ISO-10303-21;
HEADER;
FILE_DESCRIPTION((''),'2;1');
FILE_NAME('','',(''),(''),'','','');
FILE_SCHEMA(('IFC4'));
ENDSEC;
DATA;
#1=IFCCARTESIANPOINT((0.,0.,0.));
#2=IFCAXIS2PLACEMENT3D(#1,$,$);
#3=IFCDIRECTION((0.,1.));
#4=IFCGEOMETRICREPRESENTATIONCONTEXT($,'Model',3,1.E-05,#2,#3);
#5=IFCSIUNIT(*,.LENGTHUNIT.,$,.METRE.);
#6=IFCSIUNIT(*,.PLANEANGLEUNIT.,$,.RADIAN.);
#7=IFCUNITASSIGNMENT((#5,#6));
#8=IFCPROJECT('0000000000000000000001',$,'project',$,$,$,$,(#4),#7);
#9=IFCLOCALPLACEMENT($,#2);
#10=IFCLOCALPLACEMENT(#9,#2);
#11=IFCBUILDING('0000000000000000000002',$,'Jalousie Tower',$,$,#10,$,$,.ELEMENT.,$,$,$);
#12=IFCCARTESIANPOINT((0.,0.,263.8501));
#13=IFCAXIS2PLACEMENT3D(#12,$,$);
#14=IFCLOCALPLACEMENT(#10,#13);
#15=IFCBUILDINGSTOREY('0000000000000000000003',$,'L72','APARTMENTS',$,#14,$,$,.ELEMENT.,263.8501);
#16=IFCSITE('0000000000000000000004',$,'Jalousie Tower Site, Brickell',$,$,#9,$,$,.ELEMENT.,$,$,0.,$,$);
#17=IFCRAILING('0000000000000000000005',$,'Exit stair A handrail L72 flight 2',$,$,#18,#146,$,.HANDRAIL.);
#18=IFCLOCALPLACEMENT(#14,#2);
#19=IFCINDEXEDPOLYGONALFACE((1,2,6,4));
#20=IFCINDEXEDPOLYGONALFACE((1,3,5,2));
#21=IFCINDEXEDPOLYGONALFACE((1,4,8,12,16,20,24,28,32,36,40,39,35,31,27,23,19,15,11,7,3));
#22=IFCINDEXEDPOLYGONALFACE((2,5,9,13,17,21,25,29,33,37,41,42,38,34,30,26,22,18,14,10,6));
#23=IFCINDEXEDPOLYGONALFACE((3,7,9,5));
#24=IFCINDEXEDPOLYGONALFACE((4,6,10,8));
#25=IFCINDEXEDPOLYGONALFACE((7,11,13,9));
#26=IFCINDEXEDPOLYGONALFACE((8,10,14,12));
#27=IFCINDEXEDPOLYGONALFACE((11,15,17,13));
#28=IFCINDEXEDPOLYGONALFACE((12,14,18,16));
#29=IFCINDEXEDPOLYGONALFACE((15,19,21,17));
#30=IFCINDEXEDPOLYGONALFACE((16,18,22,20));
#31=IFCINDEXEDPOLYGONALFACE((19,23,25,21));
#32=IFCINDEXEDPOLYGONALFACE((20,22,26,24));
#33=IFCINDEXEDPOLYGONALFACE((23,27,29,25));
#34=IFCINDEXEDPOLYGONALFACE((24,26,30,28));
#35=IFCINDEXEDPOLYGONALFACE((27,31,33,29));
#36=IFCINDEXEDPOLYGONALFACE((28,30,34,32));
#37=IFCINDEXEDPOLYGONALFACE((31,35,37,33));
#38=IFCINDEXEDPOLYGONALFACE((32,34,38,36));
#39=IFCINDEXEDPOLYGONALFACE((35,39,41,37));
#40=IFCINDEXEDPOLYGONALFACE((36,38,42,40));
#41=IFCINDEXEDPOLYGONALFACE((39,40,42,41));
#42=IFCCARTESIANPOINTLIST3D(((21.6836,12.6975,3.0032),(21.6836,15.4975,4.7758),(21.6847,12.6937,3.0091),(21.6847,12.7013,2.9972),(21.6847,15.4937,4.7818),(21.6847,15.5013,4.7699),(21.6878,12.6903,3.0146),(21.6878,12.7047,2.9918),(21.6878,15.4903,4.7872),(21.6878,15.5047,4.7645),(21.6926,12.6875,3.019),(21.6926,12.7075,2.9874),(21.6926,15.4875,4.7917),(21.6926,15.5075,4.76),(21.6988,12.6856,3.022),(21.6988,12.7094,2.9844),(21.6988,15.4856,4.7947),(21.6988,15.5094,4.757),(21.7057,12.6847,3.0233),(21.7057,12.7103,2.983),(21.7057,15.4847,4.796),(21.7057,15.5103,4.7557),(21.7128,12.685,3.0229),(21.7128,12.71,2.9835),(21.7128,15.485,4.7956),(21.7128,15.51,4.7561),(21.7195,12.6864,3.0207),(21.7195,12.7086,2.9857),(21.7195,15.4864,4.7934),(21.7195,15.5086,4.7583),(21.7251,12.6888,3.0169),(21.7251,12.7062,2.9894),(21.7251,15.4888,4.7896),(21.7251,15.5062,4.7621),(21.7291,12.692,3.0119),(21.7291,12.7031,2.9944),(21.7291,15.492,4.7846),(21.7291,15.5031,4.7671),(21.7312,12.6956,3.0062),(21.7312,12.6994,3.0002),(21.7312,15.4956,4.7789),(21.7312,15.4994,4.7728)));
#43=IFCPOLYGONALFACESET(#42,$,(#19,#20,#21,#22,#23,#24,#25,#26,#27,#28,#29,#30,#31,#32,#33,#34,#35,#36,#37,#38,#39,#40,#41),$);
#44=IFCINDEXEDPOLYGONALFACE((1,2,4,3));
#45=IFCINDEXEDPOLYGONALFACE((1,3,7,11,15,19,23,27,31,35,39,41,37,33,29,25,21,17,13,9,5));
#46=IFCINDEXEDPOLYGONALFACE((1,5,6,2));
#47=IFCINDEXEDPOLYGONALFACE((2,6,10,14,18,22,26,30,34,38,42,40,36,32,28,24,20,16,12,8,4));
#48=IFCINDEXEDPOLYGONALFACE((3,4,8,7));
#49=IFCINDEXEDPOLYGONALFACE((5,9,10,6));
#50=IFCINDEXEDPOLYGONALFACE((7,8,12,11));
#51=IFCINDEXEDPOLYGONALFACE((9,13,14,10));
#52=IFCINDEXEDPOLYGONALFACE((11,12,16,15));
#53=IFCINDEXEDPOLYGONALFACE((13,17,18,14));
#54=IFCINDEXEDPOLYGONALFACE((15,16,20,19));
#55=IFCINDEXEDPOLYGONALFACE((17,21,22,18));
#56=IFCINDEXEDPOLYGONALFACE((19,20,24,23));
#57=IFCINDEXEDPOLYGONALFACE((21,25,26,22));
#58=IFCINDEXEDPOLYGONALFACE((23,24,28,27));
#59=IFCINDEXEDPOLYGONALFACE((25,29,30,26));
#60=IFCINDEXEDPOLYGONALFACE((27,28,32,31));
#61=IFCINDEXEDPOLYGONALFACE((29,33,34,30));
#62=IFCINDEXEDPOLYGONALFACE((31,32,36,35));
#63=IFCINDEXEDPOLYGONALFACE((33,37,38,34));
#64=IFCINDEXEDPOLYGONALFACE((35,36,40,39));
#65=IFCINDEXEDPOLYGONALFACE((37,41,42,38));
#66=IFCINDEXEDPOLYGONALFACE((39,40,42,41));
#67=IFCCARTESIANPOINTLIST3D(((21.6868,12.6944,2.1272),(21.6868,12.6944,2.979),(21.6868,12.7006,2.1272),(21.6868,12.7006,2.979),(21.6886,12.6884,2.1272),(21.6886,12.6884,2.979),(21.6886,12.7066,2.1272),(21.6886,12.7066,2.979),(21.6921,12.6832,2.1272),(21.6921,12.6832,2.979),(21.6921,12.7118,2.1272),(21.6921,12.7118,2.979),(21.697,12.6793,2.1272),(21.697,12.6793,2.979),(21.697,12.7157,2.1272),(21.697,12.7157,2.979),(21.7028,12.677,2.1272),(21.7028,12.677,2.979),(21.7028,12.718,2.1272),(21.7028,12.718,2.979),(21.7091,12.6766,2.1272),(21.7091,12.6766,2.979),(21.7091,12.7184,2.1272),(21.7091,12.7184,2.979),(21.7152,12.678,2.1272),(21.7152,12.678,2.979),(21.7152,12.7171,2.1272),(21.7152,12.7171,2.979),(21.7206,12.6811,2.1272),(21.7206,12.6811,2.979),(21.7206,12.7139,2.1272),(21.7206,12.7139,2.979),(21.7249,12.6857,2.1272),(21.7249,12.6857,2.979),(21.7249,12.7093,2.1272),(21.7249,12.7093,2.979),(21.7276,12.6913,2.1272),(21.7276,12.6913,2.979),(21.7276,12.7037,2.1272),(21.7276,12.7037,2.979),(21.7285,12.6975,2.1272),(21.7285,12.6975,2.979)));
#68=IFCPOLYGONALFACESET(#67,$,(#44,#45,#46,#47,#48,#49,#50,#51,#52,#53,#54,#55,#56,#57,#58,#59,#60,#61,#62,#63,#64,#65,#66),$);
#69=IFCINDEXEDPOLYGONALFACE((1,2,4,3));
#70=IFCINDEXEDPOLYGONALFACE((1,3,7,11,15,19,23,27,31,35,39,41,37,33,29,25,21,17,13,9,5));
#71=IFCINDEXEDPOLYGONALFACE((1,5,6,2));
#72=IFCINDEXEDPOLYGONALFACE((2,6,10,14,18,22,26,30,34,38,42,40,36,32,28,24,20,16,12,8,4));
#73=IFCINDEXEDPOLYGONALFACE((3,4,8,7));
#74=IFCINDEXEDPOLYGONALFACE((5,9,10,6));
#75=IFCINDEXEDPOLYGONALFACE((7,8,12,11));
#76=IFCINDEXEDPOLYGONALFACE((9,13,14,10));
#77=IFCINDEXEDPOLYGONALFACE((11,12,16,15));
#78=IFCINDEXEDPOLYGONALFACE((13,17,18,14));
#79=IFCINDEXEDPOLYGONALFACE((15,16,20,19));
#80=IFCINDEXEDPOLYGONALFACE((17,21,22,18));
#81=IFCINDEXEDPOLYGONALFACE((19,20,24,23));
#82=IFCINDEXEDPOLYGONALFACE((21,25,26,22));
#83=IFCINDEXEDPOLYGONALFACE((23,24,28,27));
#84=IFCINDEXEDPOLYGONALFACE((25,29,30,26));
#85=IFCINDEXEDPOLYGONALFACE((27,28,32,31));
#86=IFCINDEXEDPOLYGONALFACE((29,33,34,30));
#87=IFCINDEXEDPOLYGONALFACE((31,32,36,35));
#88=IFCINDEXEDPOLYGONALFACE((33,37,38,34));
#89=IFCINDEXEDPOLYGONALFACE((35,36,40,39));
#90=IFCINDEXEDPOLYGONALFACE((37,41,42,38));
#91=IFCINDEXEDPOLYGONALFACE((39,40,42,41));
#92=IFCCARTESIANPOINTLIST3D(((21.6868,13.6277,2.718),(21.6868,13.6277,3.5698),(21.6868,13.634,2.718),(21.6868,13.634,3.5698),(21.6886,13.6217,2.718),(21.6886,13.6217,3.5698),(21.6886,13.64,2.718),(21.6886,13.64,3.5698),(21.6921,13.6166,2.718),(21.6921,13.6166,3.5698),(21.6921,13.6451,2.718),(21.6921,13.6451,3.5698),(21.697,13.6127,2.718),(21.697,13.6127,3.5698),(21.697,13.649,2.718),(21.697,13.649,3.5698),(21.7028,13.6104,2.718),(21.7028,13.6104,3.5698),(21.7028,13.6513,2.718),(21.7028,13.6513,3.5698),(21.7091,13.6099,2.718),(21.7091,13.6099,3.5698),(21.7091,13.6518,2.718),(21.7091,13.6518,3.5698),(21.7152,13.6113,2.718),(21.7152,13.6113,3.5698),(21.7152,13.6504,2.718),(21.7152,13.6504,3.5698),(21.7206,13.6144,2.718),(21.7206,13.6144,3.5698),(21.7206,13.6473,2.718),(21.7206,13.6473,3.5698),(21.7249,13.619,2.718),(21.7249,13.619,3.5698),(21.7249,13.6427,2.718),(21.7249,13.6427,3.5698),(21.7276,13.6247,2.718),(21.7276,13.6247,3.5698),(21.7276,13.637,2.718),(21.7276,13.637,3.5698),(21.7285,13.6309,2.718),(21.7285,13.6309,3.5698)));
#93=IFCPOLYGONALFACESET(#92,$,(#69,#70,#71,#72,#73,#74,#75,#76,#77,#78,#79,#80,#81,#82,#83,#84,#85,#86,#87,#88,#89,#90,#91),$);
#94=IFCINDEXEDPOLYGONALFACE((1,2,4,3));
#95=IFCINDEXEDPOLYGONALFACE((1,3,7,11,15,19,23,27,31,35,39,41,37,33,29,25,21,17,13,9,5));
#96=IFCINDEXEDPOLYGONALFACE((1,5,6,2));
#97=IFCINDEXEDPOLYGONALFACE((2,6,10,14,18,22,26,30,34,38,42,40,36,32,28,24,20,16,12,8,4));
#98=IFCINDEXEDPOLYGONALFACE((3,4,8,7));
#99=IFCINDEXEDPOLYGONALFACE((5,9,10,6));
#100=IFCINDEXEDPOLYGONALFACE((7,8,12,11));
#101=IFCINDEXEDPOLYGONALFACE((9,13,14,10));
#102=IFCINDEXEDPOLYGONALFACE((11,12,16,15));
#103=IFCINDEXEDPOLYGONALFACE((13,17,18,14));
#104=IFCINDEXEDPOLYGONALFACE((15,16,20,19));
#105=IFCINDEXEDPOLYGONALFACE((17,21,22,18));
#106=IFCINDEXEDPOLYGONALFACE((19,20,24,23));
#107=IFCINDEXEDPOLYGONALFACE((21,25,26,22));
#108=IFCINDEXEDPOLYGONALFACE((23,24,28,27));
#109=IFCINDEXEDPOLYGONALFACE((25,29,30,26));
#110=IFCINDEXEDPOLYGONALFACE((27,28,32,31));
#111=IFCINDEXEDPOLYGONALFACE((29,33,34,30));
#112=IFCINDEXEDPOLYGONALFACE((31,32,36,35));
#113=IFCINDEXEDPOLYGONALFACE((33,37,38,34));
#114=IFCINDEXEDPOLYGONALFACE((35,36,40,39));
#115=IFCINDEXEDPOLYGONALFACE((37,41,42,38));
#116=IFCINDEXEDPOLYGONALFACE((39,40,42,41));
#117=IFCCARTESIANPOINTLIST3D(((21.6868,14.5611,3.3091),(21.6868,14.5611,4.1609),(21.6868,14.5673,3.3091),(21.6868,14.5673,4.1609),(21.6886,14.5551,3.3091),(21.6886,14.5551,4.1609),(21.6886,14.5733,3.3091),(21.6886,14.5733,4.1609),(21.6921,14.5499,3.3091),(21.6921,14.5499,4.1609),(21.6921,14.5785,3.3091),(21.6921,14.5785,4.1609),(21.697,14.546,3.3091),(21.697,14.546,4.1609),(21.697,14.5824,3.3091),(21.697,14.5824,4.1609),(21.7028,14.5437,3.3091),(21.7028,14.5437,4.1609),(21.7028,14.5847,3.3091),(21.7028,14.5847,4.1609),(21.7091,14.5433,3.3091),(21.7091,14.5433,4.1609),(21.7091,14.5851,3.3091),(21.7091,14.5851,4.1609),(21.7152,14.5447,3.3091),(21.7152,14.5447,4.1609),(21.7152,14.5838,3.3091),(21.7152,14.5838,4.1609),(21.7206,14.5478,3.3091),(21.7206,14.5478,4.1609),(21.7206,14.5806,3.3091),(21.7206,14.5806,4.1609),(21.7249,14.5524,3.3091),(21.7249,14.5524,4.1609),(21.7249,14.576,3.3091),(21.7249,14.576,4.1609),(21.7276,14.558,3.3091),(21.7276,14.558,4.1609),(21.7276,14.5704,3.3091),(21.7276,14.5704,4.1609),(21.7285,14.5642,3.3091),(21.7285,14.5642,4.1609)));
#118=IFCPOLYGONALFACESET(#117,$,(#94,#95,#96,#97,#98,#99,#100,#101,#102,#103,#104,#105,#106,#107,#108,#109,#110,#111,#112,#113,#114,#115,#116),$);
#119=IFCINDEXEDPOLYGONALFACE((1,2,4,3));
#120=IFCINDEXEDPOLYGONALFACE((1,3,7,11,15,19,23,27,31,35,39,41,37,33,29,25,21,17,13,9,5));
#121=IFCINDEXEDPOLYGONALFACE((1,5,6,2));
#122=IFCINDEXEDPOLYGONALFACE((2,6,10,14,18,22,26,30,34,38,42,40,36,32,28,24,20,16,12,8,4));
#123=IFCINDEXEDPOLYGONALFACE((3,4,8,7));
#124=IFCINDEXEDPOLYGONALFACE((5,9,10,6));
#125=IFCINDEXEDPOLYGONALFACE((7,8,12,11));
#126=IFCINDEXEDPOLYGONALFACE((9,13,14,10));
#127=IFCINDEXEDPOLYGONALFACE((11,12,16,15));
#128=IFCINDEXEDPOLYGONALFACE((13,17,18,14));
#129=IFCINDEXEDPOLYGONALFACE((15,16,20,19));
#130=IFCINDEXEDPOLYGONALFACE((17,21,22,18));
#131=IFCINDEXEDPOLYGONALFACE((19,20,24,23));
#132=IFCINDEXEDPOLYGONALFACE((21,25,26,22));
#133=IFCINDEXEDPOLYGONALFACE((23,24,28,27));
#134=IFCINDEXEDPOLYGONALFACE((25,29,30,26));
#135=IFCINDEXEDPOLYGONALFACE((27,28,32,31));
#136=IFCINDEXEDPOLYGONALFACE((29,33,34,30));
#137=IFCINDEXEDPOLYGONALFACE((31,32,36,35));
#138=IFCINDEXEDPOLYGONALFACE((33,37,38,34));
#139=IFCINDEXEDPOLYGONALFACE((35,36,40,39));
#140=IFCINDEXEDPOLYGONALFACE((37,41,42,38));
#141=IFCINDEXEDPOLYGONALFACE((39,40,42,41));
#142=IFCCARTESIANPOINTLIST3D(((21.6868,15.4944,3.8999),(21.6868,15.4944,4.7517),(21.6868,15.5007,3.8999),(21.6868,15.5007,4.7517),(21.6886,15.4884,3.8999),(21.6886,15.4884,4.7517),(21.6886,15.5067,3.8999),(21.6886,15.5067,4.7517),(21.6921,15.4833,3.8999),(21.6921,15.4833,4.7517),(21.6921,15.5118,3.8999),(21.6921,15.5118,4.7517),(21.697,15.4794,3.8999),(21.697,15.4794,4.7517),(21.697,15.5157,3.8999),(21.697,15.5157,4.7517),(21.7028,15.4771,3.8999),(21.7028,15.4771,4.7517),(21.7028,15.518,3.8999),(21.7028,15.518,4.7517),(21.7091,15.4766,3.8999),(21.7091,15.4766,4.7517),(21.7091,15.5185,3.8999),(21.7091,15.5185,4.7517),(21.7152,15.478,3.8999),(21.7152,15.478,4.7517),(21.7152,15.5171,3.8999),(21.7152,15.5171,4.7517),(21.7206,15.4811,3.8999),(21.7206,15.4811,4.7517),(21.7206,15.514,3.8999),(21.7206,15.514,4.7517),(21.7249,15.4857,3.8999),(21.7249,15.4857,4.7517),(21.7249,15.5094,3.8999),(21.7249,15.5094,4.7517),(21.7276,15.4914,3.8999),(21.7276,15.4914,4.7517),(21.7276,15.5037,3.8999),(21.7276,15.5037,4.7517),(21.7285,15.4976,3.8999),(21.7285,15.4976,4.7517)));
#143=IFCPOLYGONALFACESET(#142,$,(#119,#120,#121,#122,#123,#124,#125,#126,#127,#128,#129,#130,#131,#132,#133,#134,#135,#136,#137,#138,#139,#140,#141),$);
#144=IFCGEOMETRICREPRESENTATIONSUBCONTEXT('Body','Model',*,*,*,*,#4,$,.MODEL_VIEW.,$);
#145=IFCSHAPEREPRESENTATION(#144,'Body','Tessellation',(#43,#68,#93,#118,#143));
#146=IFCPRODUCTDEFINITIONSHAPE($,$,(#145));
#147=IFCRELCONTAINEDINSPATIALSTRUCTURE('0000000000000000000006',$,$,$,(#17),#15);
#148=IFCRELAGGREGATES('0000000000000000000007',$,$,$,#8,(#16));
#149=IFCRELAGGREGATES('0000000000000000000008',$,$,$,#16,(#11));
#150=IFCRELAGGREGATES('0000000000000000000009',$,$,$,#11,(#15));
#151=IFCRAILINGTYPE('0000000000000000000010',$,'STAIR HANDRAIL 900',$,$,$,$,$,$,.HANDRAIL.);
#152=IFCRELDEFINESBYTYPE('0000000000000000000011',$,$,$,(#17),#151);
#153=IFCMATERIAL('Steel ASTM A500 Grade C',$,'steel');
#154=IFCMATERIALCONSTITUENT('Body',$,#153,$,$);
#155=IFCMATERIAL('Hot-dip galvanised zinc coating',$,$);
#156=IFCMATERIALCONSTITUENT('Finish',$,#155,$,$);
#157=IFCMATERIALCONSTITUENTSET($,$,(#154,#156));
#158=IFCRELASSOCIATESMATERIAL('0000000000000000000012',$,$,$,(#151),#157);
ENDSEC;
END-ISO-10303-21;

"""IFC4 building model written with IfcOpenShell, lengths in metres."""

from ifc_helpers import new_model, si_unit, direction, frame, origin, origin_2d, place, context, subcontext, project, spatial, circle, extrude, material, constituent, constituent_set, type_object, element, save


model = new_model("IFC4")

# Units and contexts
model_context = context("Model", 3, precision=1e-05, world=origin(), true_north=direction((0.0, 1.0)))
body_context = subcontext(model_context, "Body", "Model", "MODEL_VIEW")
ifc_project = project(units=[si_unit("LENGTHUNIT", "METRE"), si_unit("PLANEANGLEUNIT", "RADIAN")], contexts=[model_context])

# Site, building, storey
site_placement = place(None, origin())
site = spatial("IfcSite", under=ifc_project, at=site_placement, Name="Jalousie Tower Site, Brickell", CompositionType="ELEMENT", RefElevation=0.0)
building_placement = place(site_placement, origin())
building = spatial("IfcBuilding", under=site, at=building_placement, Name="Jalousie Tower", CompositionType="ELEMENT")
storey_placement = place(building_placement, frame((0.0, 0.0, 263.8501)))
storey = spatial("IfcBuildingStorey", under=building, at=storey_placement, Name="L72", Description="APARTMENTS", CompositionType="ELEMENT", Elevation=263.8501)

# Railing
ifc_material_1 = material(Name="Steel ASTM A500 Grade C", Category="steel")
ifc_constituent_1 = constituent(ifc_material_1, Name="Body")
ifc_material_2 = material(Name="Hot-dip galvanised zinc coating")
ifc_constituent_2 = constituent(ifc_material_2, Name="Finish")
ifc_constituent_set_1 = constituent_set(constituents=[ifc_constituent_1, ifc_constituent_2])
railing_type_1 = type_object("IfcRailingType", Name="STAIR HANDRAIL 900", PredefinedType="HANDRAIL", material=ifc_constituent_set_1)
railing_1_placement = place(storey_placement, frame((21.7075, 12.6975, 2.1272)))
element("IfcRailing", 1, at=railing_1_placement, inside=storey, type_object=railing_type_1, Name="Exit stair A handrail L72 flight 2", PredefinedType="HANDRAIL", context=body_context, shape_type="SweptSolid", body=[
    extrude(circle(Radius=0.0239, at=origin_2d()), frame((0.0, 0.0, 0.876), z_axis=(0.0, 0.844909, 0.53491), x_axis=(-1.0, 0.0, 0.0)), (0.0, 0.0, 1.0), 3.314),
    extrude(circle(Radius=0.021, at=origin_2d()), origin(), (0.0, 0.0, 1.0), 0.8518),
    extrude(circle(Radius=0.021, at=origin_2d()), frame((0.0, 0.9333, 0.5908)), (0.0, 0.0, 1.0), 0.8518),
    extrude(circle(Radius=0.021, at=origin_2d()), frame((0.0, 1.8667, 1.1819)), (0.0, 0.0, 1.0), 0.8518),
    extrude(circle(Radius=0.021, at=origin_2d()), frame((0.0, 2.8, 1.7727)), (0.0, 0.0, 1.0), 0.8518),
])

save(model, "model.ifc")
